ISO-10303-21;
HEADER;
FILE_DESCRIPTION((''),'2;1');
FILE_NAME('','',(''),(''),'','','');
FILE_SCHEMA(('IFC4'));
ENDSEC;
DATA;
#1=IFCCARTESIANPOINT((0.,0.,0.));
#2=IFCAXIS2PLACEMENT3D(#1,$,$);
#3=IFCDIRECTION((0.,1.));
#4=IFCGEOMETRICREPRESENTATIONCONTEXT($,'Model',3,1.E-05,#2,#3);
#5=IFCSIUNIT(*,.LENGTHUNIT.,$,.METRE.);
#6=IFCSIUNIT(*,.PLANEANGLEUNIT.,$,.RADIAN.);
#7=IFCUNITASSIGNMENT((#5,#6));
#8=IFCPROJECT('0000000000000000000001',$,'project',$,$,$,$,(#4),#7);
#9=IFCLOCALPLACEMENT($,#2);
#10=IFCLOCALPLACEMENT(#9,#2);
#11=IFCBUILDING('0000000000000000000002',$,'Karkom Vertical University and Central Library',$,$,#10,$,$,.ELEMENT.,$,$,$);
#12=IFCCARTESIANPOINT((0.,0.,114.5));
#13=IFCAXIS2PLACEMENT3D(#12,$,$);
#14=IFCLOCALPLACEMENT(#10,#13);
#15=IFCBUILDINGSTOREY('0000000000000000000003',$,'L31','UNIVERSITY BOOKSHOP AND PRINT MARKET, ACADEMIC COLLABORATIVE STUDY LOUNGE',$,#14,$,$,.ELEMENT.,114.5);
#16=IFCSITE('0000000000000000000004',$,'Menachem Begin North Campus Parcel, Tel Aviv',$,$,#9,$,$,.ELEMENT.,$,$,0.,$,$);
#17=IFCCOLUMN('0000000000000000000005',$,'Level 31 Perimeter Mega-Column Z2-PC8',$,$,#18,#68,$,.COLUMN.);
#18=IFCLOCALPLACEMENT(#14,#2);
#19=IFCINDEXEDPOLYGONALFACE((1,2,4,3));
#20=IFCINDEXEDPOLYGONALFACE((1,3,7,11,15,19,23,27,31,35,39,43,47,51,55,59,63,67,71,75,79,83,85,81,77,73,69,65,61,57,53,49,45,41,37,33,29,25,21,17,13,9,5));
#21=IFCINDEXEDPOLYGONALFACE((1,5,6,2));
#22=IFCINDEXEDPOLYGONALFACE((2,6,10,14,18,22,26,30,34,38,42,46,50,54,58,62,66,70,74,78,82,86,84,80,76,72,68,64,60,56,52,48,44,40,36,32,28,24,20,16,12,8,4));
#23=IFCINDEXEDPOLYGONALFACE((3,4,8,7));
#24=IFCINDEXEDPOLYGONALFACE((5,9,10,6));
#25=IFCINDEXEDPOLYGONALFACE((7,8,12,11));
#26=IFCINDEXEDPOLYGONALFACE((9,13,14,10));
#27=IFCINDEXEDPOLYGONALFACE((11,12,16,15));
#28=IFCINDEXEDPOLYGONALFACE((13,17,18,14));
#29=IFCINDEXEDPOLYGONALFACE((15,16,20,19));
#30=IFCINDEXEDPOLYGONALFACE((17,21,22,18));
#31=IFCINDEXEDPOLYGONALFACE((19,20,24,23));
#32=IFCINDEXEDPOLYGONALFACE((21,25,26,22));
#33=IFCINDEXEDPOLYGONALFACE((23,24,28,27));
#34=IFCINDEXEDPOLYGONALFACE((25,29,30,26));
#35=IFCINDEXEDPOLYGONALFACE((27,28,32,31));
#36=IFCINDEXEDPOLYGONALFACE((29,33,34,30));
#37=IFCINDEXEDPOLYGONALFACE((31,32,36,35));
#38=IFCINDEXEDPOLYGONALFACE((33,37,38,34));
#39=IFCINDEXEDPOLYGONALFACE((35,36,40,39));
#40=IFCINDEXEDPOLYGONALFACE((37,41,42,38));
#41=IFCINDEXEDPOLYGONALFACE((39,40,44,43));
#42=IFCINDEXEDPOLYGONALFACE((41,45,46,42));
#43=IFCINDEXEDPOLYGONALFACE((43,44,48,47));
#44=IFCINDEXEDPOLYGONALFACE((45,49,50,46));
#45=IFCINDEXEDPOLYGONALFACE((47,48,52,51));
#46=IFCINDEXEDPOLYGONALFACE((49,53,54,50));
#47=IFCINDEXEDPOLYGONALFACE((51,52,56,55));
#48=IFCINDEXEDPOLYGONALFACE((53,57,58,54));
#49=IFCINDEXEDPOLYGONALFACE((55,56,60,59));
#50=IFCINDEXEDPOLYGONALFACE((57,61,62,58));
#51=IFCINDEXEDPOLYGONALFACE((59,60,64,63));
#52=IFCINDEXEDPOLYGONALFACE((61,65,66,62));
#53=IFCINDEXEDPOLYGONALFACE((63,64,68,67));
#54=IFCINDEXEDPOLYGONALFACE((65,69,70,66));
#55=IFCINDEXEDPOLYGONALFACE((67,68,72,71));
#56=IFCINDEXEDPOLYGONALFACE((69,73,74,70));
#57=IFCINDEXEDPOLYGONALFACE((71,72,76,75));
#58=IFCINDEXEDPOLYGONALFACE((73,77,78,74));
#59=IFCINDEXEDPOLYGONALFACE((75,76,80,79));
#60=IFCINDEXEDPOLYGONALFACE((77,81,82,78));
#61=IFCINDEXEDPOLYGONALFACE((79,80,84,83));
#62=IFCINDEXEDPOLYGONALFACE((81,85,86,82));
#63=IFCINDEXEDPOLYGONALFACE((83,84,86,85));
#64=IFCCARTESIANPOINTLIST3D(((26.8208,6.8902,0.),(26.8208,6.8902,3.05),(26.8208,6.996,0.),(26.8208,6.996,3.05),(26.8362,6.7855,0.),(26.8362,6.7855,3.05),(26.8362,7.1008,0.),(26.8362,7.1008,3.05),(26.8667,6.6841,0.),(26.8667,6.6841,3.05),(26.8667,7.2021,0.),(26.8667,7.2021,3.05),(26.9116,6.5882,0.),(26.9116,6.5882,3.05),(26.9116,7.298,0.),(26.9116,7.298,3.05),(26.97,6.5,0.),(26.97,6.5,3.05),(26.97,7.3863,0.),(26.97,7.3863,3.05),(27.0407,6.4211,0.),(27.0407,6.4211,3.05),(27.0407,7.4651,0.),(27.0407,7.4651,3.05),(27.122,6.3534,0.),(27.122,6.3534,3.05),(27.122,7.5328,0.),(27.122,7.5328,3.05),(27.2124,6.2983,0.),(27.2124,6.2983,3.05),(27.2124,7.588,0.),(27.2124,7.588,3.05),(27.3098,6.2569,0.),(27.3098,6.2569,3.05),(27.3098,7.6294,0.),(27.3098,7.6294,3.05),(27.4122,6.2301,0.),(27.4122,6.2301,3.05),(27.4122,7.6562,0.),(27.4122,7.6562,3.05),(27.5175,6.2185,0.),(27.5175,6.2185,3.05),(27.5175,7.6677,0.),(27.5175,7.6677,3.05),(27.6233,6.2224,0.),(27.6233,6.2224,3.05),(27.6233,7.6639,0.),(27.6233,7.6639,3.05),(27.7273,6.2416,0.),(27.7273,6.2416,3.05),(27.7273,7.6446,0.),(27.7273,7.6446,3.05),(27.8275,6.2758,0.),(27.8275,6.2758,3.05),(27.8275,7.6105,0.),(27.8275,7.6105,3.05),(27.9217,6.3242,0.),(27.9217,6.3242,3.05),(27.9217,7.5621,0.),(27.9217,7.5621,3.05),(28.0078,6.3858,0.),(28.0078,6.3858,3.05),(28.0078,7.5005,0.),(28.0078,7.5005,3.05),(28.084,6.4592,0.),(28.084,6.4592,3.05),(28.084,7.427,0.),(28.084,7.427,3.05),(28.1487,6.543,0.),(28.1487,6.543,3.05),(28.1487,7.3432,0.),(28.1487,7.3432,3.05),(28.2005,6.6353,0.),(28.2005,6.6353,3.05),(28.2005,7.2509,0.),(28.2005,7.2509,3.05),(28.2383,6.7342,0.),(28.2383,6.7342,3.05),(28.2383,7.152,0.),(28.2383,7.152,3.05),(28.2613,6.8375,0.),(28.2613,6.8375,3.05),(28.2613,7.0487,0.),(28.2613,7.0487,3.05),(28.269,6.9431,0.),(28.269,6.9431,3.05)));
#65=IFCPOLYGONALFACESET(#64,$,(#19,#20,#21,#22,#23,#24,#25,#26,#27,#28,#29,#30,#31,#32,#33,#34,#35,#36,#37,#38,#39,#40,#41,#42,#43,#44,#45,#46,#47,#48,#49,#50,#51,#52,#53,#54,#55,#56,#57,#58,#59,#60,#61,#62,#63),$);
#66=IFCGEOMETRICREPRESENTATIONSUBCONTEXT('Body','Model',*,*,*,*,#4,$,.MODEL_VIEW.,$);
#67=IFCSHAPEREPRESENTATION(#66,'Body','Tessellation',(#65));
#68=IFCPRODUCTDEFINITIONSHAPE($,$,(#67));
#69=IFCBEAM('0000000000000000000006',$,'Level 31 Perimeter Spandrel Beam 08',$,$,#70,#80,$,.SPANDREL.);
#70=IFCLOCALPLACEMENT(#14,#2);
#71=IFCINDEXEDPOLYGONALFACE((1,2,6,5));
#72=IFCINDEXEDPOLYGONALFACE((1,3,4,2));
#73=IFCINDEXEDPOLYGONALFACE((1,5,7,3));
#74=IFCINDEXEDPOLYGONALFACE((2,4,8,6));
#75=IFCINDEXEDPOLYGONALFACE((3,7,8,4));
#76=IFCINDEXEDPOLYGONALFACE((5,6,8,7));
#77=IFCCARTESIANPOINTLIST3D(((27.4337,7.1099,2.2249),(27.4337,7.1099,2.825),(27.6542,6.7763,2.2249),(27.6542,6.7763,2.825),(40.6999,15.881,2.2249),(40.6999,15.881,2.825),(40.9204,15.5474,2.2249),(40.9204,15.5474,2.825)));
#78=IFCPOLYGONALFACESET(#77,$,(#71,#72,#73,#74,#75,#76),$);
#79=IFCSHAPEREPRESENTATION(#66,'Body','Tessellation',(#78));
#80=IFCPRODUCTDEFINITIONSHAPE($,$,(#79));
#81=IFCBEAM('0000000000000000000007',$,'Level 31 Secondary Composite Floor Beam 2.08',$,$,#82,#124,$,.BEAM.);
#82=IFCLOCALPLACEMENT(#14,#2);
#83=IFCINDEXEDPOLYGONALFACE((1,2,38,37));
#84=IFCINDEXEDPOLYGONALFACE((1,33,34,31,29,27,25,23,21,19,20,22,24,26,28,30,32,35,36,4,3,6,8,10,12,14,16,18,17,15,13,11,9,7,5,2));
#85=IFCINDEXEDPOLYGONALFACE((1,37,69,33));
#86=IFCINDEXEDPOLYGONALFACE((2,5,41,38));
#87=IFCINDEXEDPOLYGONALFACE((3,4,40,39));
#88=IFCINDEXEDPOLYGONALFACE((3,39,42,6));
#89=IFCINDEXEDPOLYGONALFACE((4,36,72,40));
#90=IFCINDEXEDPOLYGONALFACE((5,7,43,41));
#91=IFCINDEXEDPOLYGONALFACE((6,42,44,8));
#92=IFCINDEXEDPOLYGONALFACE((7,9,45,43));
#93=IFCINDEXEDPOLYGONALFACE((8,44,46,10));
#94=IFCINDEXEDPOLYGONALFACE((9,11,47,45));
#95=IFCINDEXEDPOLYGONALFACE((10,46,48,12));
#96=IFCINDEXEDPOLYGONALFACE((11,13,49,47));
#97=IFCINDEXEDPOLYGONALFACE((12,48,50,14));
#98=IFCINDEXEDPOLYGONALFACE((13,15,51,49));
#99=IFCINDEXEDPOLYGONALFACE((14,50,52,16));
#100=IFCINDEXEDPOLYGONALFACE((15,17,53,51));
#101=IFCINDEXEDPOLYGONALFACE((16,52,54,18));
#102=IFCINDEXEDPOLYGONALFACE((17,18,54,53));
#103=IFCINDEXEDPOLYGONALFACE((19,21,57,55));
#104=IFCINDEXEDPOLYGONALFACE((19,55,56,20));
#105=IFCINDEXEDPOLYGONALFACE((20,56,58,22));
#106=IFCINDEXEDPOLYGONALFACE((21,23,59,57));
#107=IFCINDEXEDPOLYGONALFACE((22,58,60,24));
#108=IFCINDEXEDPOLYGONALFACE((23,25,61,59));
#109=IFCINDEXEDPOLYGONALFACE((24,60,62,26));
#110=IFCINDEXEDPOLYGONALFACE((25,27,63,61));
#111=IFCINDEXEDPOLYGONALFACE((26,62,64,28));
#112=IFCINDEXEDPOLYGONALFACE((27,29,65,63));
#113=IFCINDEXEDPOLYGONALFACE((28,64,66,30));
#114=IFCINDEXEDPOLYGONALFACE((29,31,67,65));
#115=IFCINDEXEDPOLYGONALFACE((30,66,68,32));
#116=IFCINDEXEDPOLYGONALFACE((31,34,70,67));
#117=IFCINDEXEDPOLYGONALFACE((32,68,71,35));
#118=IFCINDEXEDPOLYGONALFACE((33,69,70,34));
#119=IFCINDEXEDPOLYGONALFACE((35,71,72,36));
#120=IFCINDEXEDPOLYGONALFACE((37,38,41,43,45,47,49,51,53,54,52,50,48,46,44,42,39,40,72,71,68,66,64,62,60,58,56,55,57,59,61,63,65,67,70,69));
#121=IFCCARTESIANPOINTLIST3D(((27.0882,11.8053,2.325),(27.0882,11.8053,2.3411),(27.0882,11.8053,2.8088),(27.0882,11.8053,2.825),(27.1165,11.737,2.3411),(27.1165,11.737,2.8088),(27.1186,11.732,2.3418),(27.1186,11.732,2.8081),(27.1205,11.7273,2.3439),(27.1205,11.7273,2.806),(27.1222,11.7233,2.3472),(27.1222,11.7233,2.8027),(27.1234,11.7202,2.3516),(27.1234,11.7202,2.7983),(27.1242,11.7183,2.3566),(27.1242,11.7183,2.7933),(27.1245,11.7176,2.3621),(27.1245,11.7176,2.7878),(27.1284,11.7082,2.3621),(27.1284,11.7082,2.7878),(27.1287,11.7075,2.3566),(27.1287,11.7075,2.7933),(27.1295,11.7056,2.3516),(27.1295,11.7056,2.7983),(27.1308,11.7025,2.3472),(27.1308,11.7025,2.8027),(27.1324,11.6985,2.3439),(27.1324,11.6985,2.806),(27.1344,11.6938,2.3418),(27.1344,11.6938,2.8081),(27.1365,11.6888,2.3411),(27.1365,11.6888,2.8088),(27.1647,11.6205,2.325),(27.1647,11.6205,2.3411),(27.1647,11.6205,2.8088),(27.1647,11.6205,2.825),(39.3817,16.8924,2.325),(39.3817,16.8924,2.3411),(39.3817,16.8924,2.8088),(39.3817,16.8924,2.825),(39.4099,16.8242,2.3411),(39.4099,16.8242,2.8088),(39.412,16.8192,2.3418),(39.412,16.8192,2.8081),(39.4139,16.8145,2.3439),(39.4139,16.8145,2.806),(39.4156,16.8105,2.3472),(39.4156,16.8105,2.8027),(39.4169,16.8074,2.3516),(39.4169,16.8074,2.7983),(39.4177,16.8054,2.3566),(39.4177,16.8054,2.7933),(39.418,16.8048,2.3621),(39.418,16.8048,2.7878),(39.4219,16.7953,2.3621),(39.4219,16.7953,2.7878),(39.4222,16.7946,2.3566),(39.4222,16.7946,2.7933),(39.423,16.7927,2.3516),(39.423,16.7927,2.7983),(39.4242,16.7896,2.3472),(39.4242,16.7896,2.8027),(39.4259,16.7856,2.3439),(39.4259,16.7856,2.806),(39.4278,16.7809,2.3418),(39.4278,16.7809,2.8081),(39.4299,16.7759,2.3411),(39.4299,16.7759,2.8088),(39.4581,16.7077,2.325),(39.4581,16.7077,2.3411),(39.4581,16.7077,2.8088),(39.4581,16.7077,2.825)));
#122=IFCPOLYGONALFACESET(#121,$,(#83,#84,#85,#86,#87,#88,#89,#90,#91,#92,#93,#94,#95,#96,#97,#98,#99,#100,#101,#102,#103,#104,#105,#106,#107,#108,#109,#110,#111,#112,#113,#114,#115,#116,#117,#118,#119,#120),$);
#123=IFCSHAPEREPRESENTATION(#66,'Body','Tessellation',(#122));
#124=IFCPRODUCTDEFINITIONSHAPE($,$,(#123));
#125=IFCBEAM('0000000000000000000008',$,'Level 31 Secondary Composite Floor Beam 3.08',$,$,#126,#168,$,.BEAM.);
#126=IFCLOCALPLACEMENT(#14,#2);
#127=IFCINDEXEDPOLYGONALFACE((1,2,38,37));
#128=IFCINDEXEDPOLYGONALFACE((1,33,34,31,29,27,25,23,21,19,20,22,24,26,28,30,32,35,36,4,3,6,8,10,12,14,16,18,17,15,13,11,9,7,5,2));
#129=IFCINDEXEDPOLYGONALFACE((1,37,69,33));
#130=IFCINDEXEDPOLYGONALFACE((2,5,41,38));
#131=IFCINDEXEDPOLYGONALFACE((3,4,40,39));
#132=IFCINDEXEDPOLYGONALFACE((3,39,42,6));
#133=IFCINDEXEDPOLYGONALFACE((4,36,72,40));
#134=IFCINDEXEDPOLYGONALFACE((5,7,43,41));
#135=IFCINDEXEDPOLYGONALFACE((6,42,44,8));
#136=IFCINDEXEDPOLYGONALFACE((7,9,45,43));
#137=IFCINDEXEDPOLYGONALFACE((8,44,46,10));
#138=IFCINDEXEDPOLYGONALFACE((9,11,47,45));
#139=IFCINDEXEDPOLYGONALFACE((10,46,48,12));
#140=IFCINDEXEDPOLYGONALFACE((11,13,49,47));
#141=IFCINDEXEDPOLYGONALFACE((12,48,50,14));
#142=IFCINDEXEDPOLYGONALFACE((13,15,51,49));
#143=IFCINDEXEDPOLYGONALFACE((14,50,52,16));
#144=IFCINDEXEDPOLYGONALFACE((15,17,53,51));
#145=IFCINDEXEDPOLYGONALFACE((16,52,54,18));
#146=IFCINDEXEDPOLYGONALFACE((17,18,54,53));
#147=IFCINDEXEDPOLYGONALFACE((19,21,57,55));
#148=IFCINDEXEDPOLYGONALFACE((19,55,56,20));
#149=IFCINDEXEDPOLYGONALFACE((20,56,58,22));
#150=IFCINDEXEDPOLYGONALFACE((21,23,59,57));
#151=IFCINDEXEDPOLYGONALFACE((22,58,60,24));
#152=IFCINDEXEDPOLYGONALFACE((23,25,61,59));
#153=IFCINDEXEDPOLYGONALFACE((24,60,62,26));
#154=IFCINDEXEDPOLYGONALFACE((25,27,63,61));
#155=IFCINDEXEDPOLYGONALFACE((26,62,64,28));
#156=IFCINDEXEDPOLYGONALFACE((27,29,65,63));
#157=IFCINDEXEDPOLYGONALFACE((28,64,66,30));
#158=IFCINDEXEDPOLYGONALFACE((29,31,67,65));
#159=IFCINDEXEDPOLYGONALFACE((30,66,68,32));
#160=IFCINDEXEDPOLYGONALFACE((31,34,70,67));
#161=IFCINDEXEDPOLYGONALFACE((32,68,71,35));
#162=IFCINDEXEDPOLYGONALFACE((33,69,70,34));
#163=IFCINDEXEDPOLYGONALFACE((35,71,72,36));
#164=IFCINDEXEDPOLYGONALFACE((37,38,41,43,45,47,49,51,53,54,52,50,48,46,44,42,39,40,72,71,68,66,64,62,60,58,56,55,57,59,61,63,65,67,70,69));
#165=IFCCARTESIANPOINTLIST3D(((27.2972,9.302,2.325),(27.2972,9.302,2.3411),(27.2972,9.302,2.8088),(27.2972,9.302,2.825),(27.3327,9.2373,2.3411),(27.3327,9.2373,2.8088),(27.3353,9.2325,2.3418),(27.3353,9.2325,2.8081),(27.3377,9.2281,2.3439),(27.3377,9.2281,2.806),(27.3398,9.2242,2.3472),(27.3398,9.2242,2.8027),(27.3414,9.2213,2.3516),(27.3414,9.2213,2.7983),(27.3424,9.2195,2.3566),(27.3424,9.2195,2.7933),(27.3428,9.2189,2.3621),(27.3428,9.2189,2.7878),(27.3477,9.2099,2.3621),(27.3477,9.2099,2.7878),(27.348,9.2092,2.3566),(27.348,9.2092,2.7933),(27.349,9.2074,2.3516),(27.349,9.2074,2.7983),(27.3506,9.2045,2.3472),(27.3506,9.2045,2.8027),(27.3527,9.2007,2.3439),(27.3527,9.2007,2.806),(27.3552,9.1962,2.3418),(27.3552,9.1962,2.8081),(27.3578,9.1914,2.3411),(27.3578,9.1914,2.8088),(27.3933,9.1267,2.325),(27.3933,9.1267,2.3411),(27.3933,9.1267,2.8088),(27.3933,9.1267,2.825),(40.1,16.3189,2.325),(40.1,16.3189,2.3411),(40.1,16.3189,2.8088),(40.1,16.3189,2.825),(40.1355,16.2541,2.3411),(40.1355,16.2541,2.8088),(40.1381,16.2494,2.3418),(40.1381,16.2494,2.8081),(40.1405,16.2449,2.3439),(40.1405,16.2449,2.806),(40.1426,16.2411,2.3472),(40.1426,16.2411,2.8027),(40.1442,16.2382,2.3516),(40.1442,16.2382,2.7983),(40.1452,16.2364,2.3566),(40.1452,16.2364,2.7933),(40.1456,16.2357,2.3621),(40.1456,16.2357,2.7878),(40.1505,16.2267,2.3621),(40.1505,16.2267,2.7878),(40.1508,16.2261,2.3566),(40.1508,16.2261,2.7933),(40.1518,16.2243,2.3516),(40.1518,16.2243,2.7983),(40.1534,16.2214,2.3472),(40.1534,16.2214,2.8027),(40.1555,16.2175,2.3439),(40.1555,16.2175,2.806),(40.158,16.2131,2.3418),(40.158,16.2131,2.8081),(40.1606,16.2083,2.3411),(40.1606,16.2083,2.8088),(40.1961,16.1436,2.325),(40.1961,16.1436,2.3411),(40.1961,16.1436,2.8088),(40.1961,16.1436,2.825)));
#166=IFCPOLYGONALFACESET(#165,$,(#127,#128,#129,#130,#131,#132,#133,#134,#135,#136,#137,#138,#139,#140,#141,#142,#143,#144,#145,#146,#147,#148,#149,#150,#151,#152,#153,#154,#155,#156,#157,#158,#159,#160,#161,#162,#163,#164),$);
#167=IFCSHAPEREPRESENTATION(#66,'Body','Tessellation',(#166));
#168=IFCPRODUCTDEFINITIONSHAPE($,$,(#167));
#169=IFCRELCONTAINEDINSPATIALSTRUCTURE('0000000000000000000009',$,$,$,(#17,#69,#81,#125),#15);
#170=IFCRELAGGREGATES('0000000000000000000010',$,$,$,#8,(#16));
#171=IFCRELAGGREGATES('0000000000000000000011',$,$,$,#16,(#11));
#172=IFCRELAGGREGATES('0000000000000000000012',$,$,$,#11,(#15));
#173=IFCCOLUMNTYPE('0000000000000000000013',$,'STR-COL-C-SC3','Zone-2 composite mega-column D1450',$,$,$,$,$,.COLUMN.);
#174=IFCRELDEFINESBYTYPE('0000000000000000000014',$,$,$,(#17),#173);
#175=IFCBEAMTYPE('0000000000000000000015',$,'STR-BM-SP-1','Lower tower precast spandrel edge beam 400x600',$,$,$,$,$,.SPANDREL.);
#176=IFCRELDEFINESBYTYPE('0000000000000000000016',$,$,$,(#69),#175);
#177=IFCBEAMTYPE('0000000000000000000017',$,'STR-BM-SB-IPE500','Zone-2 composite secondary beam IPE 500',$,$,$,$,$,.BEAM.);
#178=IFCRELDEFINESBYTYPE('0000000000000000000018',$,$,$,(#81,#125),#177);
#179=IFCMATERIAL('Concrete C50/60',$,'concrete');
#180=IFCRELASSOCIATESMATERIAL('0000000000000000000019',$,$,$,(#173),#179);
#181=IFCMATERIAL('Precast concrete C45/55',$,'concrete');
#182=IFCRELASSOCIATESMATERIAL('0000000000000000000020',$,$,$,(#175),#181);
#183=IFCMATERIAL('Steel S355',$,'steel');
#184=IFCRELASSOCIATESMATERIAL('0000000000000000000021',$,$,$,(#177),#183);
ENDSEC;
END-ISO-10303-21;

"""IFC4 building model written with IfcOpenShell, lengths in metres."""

from ifc_helpers import new_model, si_unit, direction, frame, origin, origin_with_axes, origin_2d, place, context, subcontext, project, spatial, rectangle, circle, i_section, extrude, source, transform, mapped, material, material_profile, profile_set, type_object, element, save


model = new_model("IFC4")

# Units and contexts
model_context = context("Model", 3, precision=1e-05, world=origin(), true_north=direction((0.0, 1.0)))
body_context = subcontext(model_context, "Body", "Model", "MODEL_VIEW")
ifc_project = project(units=[si_unit("LENGTHUNIT", "METRE"), si_unit("PLANEANGLEUNIT", "RADIAN")], contexts=[model_context])

# Site, building, storey
site_placement = place(None, origin())
site = spatial("IfcSite", under=ifc_project, at=site_placement, Name="Menachem Begin North Campus Parcel, Tel Aviv", CompositionType="ELEMENT", RefElevation=0.0)
building_placement = place(site_placement, origin())
building = spatial("IfcBuilding", under=site, at=building_placement, Name="Karkom Vertical University and Central Library", CompositionType="ELEMENT")
storey_placement = place(building_placement, frame((0.0, 0.0, 114.5)))
storey = spatial("IfcBuildingStorey", under=building, at=storey_placement, Name="L31", Description="UNIVERSITY BOOKSHOP AND PRINT MARKET, ACADEMIC COLLABORATIVE STUDY LOUNGE", CompositionType="ELEMENT", Elevation=114.5)

# Column
ifc_material_1 = material(Name="Concrete C50/60", Category="concrete")
ifc_material_profile_1 = material_profile(ifc_material_1, circle(Radius=0.7251, at=origin_2d()), Name="CFT-D1450")
ifc_profile_set_1 = profile_set([ifc_material_profile_1], Name="Concrete C50/60")
column_type = type_object("IfcColumnType", Name="STR-COL-C-SC3", Description="Zone-2 composite mega-column D1450", PredefinedType="COLUMN", material=ifc_profile_set_1)
shared_shape_1 = source(origin_with_axes(), body_context, "Body", "SweptSolid", [
    extrude(circle(Radius=0.7251, at=origin_2d()), origin(), (0.0, 0.0, 1.0), 3.05),
])
column_placement = place(storey_placement, frame((27.5439, 6.9431, 0.0), z_axis=(0.0, 0.0, 1.0), x_axis=(1.0, 0.0, 0.0)))
element("IfcColumn", 1, at=column_placement, inside=storey, type_object=column_type, Name="Level 31 Perimeter Mega-Column Z2-PC8", PredefinedType="COLUMN", context=body_context, shape_type="MappedRepresentation", body=[
    mapped(shared_shape_1, transform((0.0, 0.0, 0.0), scale=1.0)),
])

# Beams
ifc_material_2 = material(Name="Precast concrete C45/55", Category="concrete")
ifc_material_profile_2 = material_profile(ifc_material_2, rectangle(XDim=0.3999, YDim=0.6001, at=origin_2d()), Name="SPB-400x600")
ifc_profile_set_2 = profile_set([ifc_material_profile_2], Name="Precast concrete C45/55")
beam_type_1 = type_object("IfcBeamType", Name="STR-BM-SP-1", Description="Lower tower precast spandrel edge beam 400x600", PredefinedType="SPANDREL", material=ifc_profile_set_2)
shared_shape_2 = source(origin_with_axes(), body_context, "Body", "SweptSolid", [
    extrude(rectangle(XDim=0.3999, YDim=0.6001, at=origin_2d()), origin(), (0.0, 0.0, 1.0), 15.9036),
])
beam_1_placement = place(storey_placement, frame((27.5439, 6.9431, 2.5249), z_axis=(0.834165, 0.551515, 0.0), x_axis=(-0.551515, 0.834165, 0.0)))
element("IfcBeam", 2, at=beam_1_placement, inside=storey, type_object=beam_type_1, Name="Level 31 Perimeter Spandrel Beam 08", PredefinedType="SPANDREL", context=body_context, shape_type="MappedRepresentation", body=[
    mapped(shared_shape_2, transform((0.0, 0.0, 0.0), scale=1.0)),
])
ifc_material_3 = material(Name="Steel S355", Category="steel")
ifc_material_profile_3 = material_profile(ifc_material_3, i_section(OverallWidth=0.2, OverallDepth=0.5, WebThickness=0.0103, FlangeThickness=0.0161, FilletRadius=0.021, at=origin_2d()), Name="IPE 500")
ifc_profile_set_3 = profile_set([ifc_material_profile_3], Name="Steel S355")
beam_type_2 = type_object("IfcBeamType", Name="STR-BM-SB-IPE500", Description="Zone-2 composite secondary beam IPE 500", PredefinedType="BEAM", material=ifc_profile_set_3)
shared_shape_3 = source(origin_with_axes(), body_context, "Body", "SweptSolid", [
    extrude(i_section(OverallWidth=0.2, OverallDepth=0.5, WebThickness=0.0103, FlangeThickness=0.0161, FilletRadius=0.021, at=origin_2d()), origin(), (0.0, 0.0, 1.0), 13.3044),
])
beam_2_placement = place(storey_placement, frame((27.1265, 11.7129, 2.575), z_axis=(0.924011, 0.382365, 0.0), x_axis=(-0.382365, 0.924011, 0.0)))
element("IfcBeam", 3, at=beam_2_placement, inside=storey, type_object=beam_type_2, Name="Level 31 Secondary Composite Floor Beam 2.08", PredefinedType="BEAM", context=body_context, shape_type="MappedRepresentation", body=[
    mapped(shared_shape_3, transform((0.0, 0.0, 0.0), scale=1.0)),
])
shared_shape_4 = source(origin_with_axes(), body_context, "Body", "SweptSolid", [
    extrude(i_section(OverallWidth=0.2, OverallDepth=0.5, WebThickness=0.0103, FlangeThickness=0.0161, FilletRadius=0.021, at=origin_2d()), origin(), (0.0, 0.0, 1.0), 14.5996),
])
beam_3_placement = place(storey_placement, frame((27.3452, 9.2144, 2.575), z_axis=(0.876928, 0.480622, 0.0), x_axis=(-0.480622, 0.876928, 0.0)))
element("IfcBeam", 4, at=beam_3_placement, inside=storey, type_object=beam_type_2, Name="Level 31 Secondary Composite Floor Beam 3.08", PredefinedType="BEAM", context=body_context, shape_type="MappedRepresentation", body=[
    mapped(shared_shape_4, transform((0.0, 0.0, 0.0), scale=1.0)),
])

save(model, "model.ifc")
